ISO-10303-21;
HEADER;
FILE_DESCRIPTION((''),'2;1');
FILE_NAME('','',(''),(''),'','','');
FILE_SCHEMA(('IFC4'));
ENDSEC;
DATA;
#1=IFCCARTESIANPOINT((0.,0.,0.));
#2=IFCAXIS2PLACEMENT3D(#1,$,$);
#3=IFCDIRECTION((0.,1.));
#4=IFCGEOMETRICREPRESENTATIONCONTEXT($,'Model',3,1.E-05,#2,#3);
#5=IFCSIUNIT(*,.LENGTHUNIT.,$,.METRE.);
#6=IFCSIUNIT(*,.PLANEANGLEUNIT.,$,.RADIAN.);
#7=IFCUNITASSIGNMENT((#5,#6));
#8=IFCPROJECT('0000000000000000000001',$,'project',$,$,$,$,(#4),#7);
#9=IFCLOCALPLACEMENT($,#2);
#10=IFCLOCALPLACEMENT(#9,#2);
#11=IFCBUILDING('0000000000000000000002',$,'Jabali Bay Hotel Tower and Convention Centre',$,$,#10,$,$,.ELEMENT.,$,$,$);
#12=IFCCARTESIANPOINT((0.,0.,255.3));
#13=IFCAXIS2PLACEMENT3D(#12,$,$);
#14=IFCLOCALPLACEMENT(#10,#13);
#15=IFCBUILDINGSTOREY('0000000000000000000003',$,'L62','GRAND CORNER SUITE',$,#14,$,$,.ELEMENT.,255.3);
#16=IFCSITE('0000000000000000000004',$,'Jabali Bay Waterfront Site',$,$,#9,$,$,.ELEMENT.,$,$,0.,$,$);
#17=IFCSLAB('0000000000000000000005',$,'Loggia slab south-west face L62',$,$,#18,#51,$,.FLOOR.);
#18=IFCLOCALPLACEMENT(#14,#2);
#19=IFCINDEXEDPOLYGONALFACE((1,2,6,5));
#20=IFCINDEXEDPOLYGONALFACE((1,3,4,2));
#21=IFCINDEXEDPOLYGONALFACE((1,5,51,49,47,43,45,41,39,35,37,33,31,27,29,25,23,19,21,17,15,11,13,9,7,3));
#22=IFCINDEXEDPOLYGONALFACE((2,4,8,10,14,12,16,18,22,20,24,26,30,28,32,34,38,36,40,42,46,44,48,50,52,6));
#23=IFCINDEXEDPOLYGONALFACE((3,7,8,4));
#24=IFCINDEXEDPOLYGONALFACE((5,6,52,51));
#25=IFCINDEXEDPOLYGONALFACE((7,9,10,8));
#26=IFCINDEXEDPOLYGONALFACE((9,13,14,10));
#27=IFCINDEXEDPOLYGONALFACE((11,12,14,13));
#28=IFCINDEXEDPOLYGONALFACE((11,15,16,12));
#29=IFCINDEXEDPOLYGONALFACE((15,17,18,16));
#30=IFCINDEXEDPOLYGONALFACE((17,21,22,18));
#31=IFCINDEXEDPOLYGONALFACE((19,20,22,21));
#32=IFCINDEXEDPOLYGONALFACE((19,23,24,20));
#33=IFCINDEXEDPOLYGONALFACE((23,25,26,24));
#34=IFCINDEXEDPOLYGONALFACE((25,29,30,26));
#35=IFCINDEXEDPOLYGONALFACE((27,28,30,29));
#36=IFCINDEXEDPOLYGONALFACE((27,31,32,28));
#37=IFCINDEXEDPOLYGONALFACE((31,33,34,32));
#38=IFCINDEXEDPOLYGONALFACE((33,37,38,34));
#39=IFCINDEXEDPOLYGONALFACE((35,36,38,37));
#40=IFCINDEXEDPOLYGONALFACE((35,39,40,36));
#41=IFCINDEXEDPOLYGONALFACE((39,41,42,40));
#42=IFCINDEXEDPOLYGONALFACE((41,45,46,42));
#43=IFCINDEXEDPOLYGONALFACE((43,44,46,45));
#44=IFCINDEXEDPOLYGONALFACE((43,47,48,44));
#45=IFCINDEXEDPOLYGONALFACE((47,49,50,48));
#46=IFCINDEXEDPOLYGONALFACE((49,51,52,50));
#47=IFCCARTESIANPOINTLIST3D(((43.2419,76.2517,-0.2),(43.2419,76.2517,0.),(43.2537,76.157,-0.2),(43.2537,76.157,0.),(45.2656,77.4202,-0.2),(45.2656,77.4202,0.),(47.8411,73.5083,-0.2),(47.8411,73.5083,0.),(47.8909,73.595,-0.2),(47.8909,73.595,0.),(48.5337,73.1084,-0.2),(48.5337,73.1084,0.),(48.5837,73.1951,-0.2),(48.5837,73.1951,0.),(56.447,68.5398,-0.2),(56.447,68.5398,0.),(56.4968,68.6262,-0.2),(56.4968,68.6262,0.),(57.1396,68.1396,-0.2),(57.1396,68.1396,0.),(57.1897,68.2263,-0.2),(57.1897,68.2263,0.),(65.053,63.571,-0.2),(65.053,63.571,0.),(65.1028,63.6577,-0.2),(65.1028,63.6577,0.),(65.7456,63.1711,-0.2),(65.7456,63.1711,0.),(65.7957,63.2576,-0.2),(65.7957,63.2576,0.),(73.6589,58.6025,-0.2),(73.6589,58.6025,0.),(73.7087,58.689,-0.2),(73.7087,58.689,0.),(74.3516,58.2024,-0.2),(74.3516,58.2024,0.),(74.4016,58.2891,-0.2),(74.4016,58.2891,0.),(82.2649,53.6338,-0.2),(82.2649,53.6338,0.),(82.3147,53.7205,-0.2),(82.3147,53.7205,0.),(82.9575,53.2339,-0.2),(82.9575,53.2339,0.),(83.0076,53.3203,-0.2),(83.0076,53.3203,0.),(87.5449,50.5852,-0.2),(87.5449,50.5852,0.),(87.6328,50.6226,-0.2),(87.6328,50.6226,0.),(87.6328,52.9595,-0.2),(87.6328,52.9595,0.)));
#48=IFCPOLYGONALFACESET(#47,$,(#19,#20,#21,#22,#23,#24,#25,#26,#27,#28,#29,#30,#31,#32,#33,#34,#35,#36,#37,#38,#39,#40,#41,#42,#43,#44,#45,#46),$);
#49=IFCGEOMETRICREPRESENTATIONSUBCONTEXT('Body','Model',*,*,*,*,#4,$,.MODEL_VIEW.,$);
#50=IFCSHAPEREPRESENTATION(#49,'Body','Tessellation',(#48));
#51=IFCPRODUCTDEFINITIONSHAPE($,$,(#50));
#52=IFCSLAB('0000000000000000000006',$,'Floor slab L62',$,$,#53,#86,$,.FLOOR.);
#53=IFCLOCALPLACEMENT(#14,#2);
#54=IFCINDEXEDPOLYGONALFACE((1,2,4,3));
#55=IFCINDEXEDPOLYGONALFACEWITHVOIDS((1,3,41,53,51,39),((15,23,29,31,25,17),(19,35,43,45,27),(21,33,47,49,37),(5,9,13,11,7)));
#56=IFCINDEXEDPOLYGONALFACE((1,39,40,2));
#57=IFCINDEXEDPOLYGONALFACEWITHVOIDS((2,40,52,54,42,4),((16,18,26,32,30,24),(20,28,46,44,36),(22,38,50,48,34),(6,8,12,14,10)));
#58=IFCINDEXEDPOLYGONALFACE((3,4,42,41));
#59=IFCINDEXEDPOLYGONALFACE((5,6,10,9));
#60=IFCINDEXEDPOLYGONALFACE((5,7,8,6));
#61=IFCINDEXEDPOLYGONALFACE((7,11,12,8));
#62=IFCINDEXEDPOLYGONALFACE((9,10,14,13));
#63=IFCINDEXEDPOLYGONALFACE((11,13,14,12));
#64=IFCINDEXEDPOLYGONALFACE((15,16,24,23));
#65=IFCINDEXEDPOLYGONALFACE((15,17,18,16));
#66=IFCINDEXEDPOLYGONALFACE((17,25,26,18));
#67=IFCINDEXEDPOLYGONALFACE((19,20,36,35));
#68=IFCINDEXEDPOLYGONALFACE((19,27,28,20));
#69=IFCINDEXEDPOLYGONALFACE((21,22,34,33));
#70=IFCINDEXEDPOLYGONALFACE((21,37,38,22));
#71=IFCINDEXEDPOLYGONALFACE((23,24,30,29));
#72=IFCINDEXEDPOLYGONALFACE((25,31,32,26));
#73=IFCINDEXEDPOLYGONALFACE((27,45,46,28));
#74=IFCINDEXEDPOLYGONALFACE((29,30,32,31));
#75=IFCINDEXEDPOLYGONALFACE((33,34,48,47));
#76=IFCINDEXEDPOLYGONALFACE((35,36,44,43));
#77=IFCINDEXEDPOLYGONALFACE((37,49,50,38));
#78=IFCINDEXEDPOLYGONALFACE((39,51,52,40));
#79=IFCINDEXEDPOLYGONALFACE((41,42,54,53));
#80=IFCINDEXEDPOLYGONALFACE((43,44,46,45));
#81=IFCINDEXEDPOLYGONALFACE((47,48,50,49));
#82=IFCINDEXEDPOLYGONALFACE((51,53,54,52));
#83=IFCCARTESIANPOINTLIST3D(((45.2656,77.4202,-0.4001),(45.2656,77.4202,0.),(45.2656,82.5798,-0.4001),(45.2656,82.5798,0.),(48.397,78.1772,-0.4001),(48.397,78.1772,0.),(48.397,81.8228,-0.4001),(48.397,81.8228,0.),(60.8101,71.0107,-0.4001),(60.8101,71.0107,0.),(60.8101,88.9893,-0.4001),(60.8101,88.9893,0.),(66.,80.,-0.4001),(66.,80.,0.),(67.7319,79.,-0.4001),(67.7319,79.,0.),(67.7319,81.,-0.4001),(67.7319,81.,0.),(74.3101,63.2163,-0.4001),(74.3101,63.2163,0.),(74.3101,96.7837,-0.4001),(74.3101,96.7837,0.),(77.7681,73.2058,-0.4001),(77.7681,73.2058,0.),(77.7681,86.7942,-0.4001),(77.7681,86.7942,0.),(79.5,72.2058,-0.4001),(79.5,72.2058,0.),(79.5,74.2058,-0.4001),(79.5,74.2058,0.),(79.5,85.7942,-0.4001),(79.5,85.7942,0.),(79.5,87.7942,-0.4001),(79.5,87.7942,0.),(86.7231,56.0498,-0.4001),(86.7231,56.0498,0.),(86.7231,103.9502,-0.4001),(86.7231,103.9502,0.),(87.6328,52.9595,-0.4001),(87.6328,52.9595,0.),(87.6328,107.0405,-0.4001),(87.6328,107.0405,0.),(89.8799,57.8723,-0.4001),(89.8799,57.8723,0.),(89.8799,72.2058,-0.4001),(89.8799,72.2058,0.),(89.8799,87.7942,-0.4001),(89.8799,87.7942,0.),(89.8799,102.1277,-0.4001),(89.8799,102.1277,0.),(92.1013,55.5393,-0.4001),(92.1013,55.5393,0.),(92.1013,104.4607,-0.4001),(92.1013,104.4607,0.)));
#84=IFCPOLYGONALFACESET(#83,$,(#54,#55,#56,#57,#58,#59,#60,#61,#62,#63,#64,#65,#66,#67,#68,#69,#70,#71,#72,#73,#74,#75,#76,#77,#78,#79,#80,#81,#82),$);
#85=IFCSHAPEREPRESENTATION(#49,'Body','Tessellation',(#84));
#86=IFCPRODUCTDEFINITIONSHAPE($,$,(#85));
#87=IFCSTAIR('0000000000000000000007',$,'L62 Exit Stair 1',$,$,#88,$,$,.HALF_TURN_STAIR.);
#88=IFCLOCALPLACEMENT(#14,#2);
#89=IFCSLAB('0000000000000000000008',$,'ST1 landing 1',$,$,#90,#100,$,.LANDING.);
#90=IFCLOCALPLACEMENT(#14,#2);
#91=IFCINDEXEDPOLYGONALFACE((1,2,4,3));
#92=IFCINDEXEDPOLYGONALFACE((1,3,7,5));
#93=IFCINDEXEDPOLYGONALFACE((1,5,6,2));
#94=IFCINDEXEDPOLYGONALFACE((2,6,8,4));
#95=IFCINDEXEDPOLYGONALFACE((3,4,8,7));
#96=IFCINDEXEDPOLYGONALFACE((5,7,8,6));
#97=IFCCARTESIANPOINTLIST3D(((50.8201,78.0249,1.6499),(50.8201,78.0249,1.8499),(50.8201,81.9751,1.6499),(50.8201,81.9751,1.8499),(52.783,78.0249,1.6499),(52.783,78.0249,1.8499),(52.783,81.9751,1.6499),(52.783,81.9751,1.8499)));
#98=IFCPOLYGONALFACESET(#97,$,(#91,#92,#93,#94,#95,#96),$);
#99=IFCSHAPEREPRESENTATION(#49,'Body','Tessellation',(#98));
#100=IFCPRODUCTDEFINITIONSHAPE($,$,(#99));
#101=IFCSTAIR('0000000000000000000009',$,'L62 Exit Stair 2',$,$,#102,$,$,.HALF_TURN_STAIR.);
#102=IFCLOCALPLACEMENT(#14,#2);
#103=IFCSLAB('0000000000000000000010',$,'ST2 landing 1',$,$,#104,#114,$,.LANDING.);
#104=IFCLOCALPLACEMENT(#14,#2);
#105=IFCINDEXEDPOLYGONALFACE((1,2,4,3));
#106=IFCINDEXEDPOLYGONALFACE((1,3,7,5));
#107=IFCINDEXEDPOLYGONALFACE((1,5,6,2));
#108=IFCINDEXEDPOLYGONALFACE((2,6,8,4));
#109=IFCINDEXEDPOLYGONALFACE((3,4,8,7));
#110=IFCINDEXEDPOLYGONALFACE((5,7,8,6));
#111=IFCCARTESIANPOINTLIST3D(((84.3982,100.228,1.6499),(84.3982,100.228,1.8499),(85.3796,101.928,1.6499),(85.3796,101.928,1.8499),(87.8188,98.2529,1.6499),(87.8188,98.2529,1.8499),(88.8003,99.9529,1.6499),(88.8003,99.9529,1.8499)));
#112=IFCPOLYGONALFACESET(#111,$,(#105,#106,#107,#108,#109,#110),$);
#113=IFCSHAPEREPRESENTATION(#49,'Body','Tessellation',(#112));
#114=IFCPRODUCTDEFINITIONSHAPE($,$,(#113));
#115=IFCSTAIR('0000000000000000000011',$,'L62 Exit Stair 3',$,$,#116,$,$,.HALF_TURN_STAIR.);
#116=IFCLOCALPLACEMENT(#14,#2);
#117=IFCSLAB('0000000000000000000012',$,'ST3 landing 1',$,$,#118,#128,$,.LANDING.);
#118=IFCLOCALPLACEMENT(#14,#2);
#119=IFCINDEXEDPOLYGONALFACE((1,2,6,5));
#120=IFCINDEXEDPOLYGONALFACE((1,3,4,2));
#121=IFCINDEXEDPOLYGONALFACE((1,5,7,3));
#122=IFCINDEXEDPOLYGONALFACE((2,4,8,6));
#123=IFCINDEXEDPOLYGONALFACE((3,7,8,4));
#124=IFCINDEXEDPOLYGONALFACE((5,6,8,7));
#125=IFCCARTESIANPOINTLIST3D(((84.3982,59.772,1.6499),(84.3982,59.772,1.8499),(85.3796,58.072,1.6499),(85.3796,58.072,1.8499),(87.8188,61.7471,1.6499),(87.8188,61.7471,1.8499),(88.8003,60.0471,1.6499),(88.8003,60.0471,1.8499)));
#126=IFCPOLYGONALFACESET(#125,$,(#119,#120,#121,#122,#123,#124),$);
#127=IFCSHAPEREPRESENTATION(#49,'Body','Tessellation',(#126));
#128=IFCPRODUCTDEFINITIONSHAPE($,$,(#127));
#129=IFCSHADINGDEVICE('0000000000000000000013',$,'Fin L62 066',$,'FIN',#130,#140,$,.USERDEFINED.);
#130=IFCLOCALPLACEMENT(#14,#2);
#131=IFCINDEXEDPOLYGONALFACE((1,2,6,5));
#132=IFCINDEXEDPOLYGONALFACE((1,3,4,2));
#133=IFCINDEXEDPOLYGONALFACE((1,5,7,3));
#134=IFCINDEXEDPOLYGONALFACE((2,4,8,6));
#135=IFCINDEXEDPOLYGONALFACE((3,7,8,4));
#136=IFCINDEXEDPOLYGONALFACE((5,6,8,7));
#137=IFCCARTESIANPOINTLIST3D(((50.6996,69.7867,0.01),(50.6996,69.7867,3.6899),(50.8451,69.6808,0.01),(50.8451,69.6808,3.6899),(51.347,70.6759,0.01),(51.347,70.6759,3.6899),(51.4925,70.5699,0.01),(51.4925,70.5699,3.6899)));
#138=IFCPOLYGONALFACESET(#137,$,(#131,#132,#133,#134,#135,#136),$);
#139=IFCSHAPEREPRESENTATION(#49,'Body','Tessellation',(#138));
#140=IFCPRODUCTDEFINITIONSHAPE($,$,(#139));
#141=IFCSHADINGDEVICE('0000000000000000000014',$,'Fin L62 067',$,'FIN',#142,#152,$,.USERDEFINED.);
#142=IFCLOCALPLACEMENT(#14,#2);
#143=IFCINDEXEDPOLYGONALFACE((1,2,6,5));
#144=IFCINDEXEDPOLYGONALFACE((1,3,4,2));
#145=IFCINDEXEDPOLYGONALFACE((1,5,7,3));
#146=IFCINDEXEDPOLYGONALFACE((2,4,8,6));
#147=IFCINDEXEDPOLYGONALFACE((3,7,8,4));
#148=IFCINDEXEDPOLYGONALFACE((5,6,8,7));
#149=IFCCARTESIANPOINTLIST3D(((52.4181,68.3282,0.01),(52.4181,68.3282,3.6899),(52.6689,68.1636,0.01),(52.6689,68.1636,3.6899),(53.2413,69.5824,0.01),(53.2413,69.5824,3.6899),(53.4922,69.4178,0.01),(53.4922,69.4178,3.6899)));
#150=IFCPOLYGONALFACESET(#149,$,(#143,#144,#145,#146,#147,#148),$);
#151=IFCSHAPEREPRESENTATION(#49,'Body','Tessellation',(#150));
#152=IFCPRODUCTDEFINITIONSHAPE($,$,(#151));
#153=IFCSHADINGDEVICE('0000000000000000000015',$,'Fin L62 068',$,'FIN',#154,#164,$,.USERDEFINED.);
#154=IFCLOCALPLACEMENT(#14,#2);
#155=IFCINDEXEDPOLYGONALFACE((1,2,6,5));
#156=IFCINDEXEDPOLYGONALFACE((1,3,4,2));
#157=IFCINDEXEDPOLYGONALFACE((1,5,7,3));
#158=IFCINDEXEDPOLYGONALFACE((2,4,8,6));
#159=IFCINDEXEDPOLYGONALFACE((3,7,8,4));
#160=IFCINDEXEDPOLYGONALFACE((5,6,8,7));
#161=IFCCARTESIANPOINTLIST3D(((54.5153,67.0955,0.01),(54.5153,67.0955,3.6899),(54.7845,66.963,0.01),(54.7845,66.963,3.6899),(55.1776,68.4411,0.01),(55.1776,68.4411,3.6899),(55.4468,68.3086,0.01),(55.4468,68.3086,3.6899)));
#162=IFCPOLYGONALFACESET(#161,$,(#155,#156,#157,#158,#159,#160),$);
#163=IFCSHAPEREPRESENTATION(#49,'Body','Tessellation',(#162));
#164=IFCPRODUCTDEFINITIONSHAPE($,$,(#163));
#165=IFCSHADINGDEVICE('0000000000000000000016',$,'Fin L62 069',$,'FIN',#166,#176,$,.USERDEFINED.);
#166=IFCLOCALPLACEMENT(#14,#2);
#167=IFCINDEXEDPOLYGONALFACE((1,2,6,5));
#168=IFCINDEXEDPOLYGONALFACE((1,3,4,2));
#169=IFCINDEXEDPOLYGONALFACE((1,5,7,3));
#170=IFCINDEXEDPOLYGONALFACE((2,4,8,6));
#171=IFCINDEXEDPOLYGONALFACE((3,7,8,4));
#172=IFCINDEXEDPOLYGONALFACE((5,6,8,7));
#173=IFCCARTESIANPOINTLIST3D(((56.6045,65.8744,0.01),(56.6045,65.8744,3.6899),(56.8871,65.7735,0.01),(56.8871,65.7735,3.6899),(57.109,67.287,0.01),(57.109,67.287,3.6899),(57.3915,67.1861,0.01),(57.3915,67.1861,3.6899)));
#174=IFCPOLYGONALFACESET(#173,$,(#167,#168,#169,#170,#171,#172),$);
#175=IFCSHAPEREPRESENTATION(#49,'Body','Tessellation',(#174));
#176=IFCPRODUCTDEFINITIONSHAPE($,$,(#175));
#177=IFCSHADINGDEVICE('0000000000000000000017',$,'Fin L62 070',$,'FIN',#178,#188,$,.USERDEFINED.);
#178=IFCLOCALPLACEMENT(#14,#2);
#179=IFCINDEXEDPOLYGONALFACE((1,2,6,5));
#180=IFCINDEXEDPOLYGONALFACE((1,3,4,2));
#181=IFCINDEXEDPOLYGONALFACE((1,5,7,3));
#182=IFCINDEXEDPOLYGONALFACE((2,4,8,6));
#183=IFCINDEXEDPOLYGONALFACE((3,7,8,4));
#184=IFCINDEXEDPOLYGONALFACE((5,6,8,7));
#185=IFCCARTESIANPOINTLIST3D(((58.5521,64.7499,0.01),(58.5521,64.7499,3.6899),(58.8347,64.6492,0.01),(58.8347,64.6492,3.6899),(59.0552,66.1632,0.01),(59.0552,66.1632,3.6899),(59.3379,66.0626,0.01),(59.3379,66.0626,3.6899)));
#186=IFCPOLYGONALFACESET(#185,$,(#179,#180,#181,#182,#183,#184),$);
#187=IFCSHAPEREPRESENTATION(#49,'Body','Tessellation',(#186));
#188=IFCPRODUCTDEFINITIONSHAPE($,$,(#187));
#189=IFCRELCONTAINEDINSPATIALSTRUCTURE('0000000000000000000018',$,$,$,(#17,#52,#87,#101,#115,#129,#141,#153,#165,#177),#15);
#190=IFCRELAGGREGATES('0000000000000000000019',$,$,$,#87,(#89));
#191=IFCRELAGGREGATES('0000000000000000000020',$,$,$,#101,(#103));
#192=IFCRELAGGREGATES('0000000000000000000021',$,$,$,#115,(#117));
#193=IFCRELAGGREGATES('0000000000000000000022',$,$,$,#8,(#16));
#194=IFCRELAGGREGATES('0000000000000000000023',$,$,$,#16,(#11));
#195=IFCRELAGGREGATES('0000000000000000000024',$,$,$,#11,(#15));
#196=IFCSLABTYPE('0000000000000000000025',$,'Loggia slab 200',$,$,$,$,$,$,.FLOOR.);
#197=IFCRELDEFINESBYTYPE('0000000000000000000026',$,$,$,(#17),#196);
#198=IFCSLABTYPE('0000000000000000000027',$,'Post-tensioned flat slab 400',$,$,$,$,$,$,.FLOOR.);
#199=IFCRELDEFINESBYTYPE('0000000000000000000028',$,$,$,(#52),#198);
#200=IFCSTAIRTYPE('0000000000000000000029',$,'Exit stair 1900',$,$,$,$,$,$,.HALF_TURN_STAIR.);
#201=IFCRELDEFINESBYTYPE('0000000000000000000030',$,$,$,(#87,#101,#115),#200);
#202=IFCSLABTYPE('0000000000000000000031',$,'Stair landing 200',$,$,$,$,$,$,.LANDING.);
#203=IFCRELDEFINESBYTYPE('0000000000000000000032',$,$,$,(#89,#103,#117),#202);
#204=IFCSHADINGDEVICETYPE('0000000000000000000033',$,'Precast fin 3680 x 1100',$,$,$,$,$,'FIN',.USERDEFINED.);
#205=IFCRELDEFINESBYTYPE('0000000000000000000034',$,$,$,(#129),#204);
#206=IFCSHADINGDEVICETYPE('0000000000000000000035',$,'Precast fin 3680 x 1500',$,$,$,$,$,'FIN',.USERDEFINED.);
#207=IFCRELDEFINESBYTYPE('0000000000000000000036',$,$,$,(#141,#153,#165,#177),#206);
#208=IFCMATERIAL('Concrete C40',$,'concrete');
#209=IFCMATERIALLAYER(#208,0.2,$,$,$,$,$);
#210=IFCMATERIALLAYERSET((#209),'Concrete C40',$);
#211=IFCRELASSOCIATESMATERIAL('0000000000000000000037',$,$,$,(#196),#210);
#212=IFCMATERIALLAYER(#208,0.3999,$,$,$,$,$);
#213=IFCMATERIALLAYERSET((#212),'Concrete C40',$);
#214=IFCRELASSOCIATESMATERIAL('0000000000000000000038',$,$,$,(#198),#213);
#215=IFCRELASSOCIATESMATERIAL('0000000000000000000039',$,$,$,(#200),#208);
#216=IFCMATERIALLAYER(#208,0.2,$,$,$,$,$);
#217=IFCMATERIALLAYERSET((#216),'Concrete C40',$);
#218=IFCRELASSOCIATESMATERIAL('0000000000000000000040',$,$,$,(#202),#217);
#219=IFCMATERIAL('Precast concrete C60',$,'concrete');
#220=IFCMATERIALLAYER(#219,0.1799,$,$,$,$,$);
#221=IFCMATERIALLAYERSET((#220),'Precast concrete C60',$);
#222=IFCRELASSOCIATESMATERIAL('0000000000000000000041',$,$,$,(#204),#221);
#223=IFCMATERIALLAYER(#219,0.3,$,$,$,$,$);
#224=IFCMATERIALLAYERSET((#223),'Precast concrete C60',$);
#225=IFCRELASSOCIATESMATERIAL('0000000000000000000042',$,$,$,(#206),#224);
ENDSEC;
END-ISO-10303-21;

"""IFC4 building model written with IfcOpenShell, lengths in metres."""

from ifc_helpers import new_model, si_unit, direction, frame, frame_2d, origin, place, context, subcontext, project, spatial, polyline, rectangle, outline, extrude, material, layer, layer_set, type_object, element, aggregate, save


model = new_model("IFC4")

# Units and contexts
model_context = context("Model", 3, precision=1e-05, world=origin(), true_north=direction((0.0, 1.0)))
body_context = subcontext(model_context, "Body", "Model", "MODEL_VIEW")
ifc_project = project(units=[si_unit("LENGTHUNIT", "METRE"), si_unit("PLANEANGLEUNIT", "RADIAN")], contexts=[model_context])

# Site, building, storey
site_placement = place(None, origin())
site = spatial("IfcSite", under=ifc_project, at=site_placement, Name="Jabali Bay Waterfront Site", CompositionType="ELEMENT", RefElevation=0.0)
building_placement = place(site_placement, origin())
building = spatial("IfcBuilding", under=site, at=building_placement, Name="Jabali Bay Hotel Tower and Convention Centre", CompositionType="ELEMENT")
storey_placement = place(building_placement, frame((0.0, 0.0, 255.3)))
storey = spatial("IfcBuildingStorey", under=building, at=storey_placement, Name="L62", Description="GRAND CORNER SUITE", CompositionType="ELEMENT", Elevation=255.3)

# Slabs
ifc_material_1 = material(Name="Concrete C40", Category="concrete")
ifc_layer_1 = layer(ifc_material_1, 0.2)
ifc_layer_set_1 = layer_set([ifc_layer_1], Name="Concrete C40")
slab_type_1 = type_object("IfcSlabType", Name="Loggia slab 200", PredefinedType="FLOOR", material=ifc_layer_set_1)
slab_1_placement = place(storey_placement, frame((0.0, 0.0, -0.2)))
element("IfcSlab", 1, at=slab_1_placement, inside=storey, type_object=slab_type_1, Name="Loggia slab south-west face L62", PredefinedType="FLOOR", context=body_context, shape_type="SweptSolid", body=[
    extrude(outline(polyline([(87.6328, 52.9595), (87.6328, 50.6226), (87.5449, 50.5852), (82.9575, 53.2339), (83.0076, 53.3203), (82.3147, 53.7205), (82.2649, 53.6338), (74.3516, 58.2024), (74.4016, 58.2891), (73.7087, 58.689), (73.6589, 58.6025), (65.7456, 63.1711), (65.7957, 63.2576), (65.1028, 63.6577), (65.053, 63.571), (57.1396, 68.1396), (57.1897, 68.2263), (56.4968, 68.6262), (56.447, 68.5398), (48.5337, 73.1084), (48.5837, 73.1951), (47.8909, 73.595), (47.8411, 73.5083), (43.2537, 76.157), (43.2419, 76.2517), (45.2656, 77.4202), (87.6328, 52.9595)])), origin(), (0.0, 0.0, 1.0), 0.2),
])
ifc_layer_2 = layer(ifc_material_1, 0.3999)
ifc_layer_set_2 = layer_set([ifc_layer_2], Name="Concrete C40")
slab_type_2 = type_object("IfcSlabType", Name="Post-tensioned flat slab 400", PredefinedType="FLOOR", material=ifc_layer_set_2)
slab_2_placement = place(storey_placement, frame((0.0, 0.0, -0.4001)))
element("IfcSlab", 2, at=slab_2_placement, inside=storey, type_object=slab_type_2, Name="Floor slab L62", PredefinedType="FLOOR", context=body_context, shape_type="SweptSolid", body=[
    extrude(outline(polyline([(87.6328, 107.0405), (92.1013, 104.4607), (92.1013, 55.5393), (87.6328, 52.9595), (45.2656, 77.4202), (45.2656, 82.5798), (87.6328, 107.0405)]), holes=[polyline([(67.7319, 79.0), (77.7681, 73.2058), (79.5, 74.2058), (79.5, 85.7942), (77.7681, 86.7942), (67.7319, 81.0), (67.7319, 79.0)]), polyline([(48.397, 78.1772), (60.8101, 71.0107), (66.0, 80.0), (60.8101, 88.9893), (48.397, 81.8228), (48.397, 78.1772)]), polyline([(89.8799, 102.1277), (86.7231, 103.9502), (74.3101, 96.7837), (79.5, 87.7942), (89.8799, 87.7942), (89.8799, 102.1277)]), polyline([(74.3101, 63.2163), (86.7231, 56.0498), (89.8799, 57.8723), (89.8799, 72.2058), (79.5, 72.2058), (74.3101, 63.2163)])]), origin(), (0.0, 0.0, 1.0), 0.4001),
])

# Stairs, slabs
stair_type = type_object("IfcStairType", Name="Exit stair 1900", PredefinedType="HALF_TURN_STAIR", material=ifc_material_1)
stair_1_placement = place(storey_placement, origin())
stair_1 = element("IfcStair", 3, at=stair_1_placement, inside=storey, type_object=stair_type, Name="L62 Exit Stair 1", PredefinedType="HALF_TURN_STAIR")
ifc_layer_3 = layer(ifc_material_1, 0.2)
ifc_layer_set_3 = layer_set([ifc_layer_3], Name="Concrete C40")
slab_type_3 = type_object("IfcSlabType", Name="Stair landing 200", PredefinedType="LANDING", material=ifc_layer_set_3)
slab_3_placement = place(storey_placement, frame((0.0, 0.0, 1.6499)))
slab_3 = element("IfcSlab", 4, at=slab_3_placement, type_object=slab_type_3, Name="ST1 landing 1", PredefinedType="LANDING", context=body_context, shape_type="SweptSolid", body=[
    extrude(outline(polyline([(52.783, 81.9751), (50.8201, 81.9751), (50.8201, 78.0249), (52.783, 78.0249), (52.783, 81.9751)])), origin(), (0.0, 0.0, 1.0), 0.2),
])
aggregate(stair_1, [slab_3])
stair_2_placement = place(storey_placement, origin())
stair_2 = element("IfcStair", 5, at=stair_2_placement, inside=storey, type_object=stair_type, Name="L62 Exit Stair 2", PredefinedType="HALF_TURN_STAIR")
slab_4_placement = place(storey_placement, frame((0.0, 0.0, 1.6499)))
slab_4 = element("IfcSlab", 6, at=slab_4_placement, type_object=slab_type_3, Name="ST2 landing 1", PredefinedType="LANDING", context=body_context, shape_type="SweptSolid", body=[
    extrude(outline(polyline([(87.8188, 98.2529), (88.8003, 99.9529), (85.3796, 101.928), (84.3982, 100.228), (87.8188, 98.2529)])), origin(), (0.0, 0.0, 1.0), 0.2),
])
aggregate(stair_2, [slab_4])
stair_3_placement = place(storey_placement, origin())
stair_3 = element("IfcStair", 7, at=stair_3_placement, inside=storey, type_object=stair_type, Name="L62 Exit Stair 3", PredefinedType="HALF_TURN_STAIR")
slab_5_placement = place(storey_placement, frame((0.0, 0.0, 1.6499)))
slab_5 = element("IfcSlab", 8, at=slab_5_placement, type_object=slab_type_3, Name="ST3 landing 1", PredefinedType="LANDING", context=body_context, shape_type="SweptSolid", body=[
    extrude(outline(polyline([(84.3982, 59.772), (85.3796, 58.072), (88.8003, 60.0471), (87.8188, 61.7471), (84.3982, 59.772)])), origin(), (0.0, 0.0, 1.0), 0.2),
])
aggregate(stair_3, [slab_5])

# Shading devices
ifc_material_2 = material(Name="Precast concrete C60", Category="concrete")
ifc_layer_4 = layer(ifc_material_2, 0.1799)
ifc_layer_set_4 = layer_set([ifc_layer_4], Name="Precast concrete C60")
shading_device_type_1 = type_object("IfcShadingDeviceType", Name="Precast fin 3680 x 1100", ElementType="FIN", PredefinedType="USERDEFINED", material=ifc_layer_set_4)
shading_device_1_placement = place(storey_placement, frame((51.4197, 70.6228, 0.01), z_axis=(0.0, 0.0, 1.0), x_axis=(-0.588647, -0.80839, 0.0)))
element("IfcShadingDevice", 9, at=shading_device_1_placement, inside=storey, type_object=shading_device_type_1, Name="Fin L62 066", ObjectType="FIN", PredefinedType="USERDEFINED", context=body_context, shape_type="SweptSolid", body=[
    extrude(rectangle(XDim=1.0999, YDim=0.1799, at=frame_2d((0.5498, 0.0))), origin(), (0.0, 0.0, 1.0), 3.6799),
])
ifc_layer_5 = layer(ifc_material_2, 0.3)
ifc_layer_set_5 = layer_set([ifc_layer_5], Name="Precast concrete C60")
shading_device_type_2 = type_object("IfcShadingDeviceType", Name="Precast fin 3680 x 1500", ElementType="FIN", PredefinedType="USERDEFINED", material=ifc_layer_set_5)
shading_device_2_placement = place(storey_placement, frame((53.3667, 69.5, 0.01), z_axis=(0.0, 0.0, 1.0), x_axis=(-0.548752, -0.835985, 0.0)))
element("IfcShadingDevice", 10, at=shading_device_2_placement, inside=storey, type_object=shading_device_type_2, Name="Fin L62 067", ObjectType="FIN", PredefinedType="USERDEFINED", context=body_context, shape_type="SweptSolid", body=[
    extrude(rectangle(XDim=1.5002, YDim=0.3, at=frame_2d((0.75, 0.0))), origin(), (0.0, 0.0, 1.0), 3.6799),
])
shading_device_3_placement = place(storey_placement, frame((55.3123, 68.375, 0.01), z_axis=(0.0, 0.0, 1.0), x_axis=(-0.441605, -0.897209, 0.0)))
element("IfcShadingDevice", 11, at=shading_device_3_placement, inside=storey, type_object=shading_device_type_2, Name="Fin L62 068", ObjectType="FIN", PredefinedType="USERDEFINED", context=body_context, shape_type="SweptSolid", body=[
    extrude(rectangle(XDim=1.4998, YDim=0.3, at=frame_2d((0.75, 0.0))), origin(), (0.0, 0.0, 1.0), 3.6799),
])
shading_device_4_placement = place(storey_placement, frame((57.2502, 67.2366, 0.01), z_axis=(0.0, 0.0, 1.0), x_axis=(-0.336275, -0.941764, 0.0)))
element("IfcShadingDevice", 12, at=shading_device_4_placement, inside=storey, type_object=shading_device_type_2, Name="Fin L62 069", ObjectType="FIN", PredefinedType="USERDEFINED", context=body_context, shape_type="SweptSolid", body=[
    extrude(rectangle(XDim=1.5, YDim=0.3, at=frame_2d((0.75, 0.0))), origin(), (0.0, 0.0, 1.0), 3.6799),
])
shading_device_5_placement = place(storey_placement, frame((59.1965, 66.1128, 0.01), z_axis=(0.0, 0.0, 1.0), x_axis=(-0.335398, -0.942076, 0.0)))
element("IfcShadingDevice", 13, at=shading_device_5_placement, inside=storey, type_object=shading_device_type_2, Name="Fin L62 070", ObjectType="FIN", PredefinedType="USERDEFINED", context=body_context, shape_type="SweptSolid", body=[
    extrude(rectangle(XDim=1.5002, YDim=0.3, at=frame_2d((0.75, 0.0))), origin(), (0.0, 0.0, 1.0), 3.6799),
])

save(model, "model.ifc")
